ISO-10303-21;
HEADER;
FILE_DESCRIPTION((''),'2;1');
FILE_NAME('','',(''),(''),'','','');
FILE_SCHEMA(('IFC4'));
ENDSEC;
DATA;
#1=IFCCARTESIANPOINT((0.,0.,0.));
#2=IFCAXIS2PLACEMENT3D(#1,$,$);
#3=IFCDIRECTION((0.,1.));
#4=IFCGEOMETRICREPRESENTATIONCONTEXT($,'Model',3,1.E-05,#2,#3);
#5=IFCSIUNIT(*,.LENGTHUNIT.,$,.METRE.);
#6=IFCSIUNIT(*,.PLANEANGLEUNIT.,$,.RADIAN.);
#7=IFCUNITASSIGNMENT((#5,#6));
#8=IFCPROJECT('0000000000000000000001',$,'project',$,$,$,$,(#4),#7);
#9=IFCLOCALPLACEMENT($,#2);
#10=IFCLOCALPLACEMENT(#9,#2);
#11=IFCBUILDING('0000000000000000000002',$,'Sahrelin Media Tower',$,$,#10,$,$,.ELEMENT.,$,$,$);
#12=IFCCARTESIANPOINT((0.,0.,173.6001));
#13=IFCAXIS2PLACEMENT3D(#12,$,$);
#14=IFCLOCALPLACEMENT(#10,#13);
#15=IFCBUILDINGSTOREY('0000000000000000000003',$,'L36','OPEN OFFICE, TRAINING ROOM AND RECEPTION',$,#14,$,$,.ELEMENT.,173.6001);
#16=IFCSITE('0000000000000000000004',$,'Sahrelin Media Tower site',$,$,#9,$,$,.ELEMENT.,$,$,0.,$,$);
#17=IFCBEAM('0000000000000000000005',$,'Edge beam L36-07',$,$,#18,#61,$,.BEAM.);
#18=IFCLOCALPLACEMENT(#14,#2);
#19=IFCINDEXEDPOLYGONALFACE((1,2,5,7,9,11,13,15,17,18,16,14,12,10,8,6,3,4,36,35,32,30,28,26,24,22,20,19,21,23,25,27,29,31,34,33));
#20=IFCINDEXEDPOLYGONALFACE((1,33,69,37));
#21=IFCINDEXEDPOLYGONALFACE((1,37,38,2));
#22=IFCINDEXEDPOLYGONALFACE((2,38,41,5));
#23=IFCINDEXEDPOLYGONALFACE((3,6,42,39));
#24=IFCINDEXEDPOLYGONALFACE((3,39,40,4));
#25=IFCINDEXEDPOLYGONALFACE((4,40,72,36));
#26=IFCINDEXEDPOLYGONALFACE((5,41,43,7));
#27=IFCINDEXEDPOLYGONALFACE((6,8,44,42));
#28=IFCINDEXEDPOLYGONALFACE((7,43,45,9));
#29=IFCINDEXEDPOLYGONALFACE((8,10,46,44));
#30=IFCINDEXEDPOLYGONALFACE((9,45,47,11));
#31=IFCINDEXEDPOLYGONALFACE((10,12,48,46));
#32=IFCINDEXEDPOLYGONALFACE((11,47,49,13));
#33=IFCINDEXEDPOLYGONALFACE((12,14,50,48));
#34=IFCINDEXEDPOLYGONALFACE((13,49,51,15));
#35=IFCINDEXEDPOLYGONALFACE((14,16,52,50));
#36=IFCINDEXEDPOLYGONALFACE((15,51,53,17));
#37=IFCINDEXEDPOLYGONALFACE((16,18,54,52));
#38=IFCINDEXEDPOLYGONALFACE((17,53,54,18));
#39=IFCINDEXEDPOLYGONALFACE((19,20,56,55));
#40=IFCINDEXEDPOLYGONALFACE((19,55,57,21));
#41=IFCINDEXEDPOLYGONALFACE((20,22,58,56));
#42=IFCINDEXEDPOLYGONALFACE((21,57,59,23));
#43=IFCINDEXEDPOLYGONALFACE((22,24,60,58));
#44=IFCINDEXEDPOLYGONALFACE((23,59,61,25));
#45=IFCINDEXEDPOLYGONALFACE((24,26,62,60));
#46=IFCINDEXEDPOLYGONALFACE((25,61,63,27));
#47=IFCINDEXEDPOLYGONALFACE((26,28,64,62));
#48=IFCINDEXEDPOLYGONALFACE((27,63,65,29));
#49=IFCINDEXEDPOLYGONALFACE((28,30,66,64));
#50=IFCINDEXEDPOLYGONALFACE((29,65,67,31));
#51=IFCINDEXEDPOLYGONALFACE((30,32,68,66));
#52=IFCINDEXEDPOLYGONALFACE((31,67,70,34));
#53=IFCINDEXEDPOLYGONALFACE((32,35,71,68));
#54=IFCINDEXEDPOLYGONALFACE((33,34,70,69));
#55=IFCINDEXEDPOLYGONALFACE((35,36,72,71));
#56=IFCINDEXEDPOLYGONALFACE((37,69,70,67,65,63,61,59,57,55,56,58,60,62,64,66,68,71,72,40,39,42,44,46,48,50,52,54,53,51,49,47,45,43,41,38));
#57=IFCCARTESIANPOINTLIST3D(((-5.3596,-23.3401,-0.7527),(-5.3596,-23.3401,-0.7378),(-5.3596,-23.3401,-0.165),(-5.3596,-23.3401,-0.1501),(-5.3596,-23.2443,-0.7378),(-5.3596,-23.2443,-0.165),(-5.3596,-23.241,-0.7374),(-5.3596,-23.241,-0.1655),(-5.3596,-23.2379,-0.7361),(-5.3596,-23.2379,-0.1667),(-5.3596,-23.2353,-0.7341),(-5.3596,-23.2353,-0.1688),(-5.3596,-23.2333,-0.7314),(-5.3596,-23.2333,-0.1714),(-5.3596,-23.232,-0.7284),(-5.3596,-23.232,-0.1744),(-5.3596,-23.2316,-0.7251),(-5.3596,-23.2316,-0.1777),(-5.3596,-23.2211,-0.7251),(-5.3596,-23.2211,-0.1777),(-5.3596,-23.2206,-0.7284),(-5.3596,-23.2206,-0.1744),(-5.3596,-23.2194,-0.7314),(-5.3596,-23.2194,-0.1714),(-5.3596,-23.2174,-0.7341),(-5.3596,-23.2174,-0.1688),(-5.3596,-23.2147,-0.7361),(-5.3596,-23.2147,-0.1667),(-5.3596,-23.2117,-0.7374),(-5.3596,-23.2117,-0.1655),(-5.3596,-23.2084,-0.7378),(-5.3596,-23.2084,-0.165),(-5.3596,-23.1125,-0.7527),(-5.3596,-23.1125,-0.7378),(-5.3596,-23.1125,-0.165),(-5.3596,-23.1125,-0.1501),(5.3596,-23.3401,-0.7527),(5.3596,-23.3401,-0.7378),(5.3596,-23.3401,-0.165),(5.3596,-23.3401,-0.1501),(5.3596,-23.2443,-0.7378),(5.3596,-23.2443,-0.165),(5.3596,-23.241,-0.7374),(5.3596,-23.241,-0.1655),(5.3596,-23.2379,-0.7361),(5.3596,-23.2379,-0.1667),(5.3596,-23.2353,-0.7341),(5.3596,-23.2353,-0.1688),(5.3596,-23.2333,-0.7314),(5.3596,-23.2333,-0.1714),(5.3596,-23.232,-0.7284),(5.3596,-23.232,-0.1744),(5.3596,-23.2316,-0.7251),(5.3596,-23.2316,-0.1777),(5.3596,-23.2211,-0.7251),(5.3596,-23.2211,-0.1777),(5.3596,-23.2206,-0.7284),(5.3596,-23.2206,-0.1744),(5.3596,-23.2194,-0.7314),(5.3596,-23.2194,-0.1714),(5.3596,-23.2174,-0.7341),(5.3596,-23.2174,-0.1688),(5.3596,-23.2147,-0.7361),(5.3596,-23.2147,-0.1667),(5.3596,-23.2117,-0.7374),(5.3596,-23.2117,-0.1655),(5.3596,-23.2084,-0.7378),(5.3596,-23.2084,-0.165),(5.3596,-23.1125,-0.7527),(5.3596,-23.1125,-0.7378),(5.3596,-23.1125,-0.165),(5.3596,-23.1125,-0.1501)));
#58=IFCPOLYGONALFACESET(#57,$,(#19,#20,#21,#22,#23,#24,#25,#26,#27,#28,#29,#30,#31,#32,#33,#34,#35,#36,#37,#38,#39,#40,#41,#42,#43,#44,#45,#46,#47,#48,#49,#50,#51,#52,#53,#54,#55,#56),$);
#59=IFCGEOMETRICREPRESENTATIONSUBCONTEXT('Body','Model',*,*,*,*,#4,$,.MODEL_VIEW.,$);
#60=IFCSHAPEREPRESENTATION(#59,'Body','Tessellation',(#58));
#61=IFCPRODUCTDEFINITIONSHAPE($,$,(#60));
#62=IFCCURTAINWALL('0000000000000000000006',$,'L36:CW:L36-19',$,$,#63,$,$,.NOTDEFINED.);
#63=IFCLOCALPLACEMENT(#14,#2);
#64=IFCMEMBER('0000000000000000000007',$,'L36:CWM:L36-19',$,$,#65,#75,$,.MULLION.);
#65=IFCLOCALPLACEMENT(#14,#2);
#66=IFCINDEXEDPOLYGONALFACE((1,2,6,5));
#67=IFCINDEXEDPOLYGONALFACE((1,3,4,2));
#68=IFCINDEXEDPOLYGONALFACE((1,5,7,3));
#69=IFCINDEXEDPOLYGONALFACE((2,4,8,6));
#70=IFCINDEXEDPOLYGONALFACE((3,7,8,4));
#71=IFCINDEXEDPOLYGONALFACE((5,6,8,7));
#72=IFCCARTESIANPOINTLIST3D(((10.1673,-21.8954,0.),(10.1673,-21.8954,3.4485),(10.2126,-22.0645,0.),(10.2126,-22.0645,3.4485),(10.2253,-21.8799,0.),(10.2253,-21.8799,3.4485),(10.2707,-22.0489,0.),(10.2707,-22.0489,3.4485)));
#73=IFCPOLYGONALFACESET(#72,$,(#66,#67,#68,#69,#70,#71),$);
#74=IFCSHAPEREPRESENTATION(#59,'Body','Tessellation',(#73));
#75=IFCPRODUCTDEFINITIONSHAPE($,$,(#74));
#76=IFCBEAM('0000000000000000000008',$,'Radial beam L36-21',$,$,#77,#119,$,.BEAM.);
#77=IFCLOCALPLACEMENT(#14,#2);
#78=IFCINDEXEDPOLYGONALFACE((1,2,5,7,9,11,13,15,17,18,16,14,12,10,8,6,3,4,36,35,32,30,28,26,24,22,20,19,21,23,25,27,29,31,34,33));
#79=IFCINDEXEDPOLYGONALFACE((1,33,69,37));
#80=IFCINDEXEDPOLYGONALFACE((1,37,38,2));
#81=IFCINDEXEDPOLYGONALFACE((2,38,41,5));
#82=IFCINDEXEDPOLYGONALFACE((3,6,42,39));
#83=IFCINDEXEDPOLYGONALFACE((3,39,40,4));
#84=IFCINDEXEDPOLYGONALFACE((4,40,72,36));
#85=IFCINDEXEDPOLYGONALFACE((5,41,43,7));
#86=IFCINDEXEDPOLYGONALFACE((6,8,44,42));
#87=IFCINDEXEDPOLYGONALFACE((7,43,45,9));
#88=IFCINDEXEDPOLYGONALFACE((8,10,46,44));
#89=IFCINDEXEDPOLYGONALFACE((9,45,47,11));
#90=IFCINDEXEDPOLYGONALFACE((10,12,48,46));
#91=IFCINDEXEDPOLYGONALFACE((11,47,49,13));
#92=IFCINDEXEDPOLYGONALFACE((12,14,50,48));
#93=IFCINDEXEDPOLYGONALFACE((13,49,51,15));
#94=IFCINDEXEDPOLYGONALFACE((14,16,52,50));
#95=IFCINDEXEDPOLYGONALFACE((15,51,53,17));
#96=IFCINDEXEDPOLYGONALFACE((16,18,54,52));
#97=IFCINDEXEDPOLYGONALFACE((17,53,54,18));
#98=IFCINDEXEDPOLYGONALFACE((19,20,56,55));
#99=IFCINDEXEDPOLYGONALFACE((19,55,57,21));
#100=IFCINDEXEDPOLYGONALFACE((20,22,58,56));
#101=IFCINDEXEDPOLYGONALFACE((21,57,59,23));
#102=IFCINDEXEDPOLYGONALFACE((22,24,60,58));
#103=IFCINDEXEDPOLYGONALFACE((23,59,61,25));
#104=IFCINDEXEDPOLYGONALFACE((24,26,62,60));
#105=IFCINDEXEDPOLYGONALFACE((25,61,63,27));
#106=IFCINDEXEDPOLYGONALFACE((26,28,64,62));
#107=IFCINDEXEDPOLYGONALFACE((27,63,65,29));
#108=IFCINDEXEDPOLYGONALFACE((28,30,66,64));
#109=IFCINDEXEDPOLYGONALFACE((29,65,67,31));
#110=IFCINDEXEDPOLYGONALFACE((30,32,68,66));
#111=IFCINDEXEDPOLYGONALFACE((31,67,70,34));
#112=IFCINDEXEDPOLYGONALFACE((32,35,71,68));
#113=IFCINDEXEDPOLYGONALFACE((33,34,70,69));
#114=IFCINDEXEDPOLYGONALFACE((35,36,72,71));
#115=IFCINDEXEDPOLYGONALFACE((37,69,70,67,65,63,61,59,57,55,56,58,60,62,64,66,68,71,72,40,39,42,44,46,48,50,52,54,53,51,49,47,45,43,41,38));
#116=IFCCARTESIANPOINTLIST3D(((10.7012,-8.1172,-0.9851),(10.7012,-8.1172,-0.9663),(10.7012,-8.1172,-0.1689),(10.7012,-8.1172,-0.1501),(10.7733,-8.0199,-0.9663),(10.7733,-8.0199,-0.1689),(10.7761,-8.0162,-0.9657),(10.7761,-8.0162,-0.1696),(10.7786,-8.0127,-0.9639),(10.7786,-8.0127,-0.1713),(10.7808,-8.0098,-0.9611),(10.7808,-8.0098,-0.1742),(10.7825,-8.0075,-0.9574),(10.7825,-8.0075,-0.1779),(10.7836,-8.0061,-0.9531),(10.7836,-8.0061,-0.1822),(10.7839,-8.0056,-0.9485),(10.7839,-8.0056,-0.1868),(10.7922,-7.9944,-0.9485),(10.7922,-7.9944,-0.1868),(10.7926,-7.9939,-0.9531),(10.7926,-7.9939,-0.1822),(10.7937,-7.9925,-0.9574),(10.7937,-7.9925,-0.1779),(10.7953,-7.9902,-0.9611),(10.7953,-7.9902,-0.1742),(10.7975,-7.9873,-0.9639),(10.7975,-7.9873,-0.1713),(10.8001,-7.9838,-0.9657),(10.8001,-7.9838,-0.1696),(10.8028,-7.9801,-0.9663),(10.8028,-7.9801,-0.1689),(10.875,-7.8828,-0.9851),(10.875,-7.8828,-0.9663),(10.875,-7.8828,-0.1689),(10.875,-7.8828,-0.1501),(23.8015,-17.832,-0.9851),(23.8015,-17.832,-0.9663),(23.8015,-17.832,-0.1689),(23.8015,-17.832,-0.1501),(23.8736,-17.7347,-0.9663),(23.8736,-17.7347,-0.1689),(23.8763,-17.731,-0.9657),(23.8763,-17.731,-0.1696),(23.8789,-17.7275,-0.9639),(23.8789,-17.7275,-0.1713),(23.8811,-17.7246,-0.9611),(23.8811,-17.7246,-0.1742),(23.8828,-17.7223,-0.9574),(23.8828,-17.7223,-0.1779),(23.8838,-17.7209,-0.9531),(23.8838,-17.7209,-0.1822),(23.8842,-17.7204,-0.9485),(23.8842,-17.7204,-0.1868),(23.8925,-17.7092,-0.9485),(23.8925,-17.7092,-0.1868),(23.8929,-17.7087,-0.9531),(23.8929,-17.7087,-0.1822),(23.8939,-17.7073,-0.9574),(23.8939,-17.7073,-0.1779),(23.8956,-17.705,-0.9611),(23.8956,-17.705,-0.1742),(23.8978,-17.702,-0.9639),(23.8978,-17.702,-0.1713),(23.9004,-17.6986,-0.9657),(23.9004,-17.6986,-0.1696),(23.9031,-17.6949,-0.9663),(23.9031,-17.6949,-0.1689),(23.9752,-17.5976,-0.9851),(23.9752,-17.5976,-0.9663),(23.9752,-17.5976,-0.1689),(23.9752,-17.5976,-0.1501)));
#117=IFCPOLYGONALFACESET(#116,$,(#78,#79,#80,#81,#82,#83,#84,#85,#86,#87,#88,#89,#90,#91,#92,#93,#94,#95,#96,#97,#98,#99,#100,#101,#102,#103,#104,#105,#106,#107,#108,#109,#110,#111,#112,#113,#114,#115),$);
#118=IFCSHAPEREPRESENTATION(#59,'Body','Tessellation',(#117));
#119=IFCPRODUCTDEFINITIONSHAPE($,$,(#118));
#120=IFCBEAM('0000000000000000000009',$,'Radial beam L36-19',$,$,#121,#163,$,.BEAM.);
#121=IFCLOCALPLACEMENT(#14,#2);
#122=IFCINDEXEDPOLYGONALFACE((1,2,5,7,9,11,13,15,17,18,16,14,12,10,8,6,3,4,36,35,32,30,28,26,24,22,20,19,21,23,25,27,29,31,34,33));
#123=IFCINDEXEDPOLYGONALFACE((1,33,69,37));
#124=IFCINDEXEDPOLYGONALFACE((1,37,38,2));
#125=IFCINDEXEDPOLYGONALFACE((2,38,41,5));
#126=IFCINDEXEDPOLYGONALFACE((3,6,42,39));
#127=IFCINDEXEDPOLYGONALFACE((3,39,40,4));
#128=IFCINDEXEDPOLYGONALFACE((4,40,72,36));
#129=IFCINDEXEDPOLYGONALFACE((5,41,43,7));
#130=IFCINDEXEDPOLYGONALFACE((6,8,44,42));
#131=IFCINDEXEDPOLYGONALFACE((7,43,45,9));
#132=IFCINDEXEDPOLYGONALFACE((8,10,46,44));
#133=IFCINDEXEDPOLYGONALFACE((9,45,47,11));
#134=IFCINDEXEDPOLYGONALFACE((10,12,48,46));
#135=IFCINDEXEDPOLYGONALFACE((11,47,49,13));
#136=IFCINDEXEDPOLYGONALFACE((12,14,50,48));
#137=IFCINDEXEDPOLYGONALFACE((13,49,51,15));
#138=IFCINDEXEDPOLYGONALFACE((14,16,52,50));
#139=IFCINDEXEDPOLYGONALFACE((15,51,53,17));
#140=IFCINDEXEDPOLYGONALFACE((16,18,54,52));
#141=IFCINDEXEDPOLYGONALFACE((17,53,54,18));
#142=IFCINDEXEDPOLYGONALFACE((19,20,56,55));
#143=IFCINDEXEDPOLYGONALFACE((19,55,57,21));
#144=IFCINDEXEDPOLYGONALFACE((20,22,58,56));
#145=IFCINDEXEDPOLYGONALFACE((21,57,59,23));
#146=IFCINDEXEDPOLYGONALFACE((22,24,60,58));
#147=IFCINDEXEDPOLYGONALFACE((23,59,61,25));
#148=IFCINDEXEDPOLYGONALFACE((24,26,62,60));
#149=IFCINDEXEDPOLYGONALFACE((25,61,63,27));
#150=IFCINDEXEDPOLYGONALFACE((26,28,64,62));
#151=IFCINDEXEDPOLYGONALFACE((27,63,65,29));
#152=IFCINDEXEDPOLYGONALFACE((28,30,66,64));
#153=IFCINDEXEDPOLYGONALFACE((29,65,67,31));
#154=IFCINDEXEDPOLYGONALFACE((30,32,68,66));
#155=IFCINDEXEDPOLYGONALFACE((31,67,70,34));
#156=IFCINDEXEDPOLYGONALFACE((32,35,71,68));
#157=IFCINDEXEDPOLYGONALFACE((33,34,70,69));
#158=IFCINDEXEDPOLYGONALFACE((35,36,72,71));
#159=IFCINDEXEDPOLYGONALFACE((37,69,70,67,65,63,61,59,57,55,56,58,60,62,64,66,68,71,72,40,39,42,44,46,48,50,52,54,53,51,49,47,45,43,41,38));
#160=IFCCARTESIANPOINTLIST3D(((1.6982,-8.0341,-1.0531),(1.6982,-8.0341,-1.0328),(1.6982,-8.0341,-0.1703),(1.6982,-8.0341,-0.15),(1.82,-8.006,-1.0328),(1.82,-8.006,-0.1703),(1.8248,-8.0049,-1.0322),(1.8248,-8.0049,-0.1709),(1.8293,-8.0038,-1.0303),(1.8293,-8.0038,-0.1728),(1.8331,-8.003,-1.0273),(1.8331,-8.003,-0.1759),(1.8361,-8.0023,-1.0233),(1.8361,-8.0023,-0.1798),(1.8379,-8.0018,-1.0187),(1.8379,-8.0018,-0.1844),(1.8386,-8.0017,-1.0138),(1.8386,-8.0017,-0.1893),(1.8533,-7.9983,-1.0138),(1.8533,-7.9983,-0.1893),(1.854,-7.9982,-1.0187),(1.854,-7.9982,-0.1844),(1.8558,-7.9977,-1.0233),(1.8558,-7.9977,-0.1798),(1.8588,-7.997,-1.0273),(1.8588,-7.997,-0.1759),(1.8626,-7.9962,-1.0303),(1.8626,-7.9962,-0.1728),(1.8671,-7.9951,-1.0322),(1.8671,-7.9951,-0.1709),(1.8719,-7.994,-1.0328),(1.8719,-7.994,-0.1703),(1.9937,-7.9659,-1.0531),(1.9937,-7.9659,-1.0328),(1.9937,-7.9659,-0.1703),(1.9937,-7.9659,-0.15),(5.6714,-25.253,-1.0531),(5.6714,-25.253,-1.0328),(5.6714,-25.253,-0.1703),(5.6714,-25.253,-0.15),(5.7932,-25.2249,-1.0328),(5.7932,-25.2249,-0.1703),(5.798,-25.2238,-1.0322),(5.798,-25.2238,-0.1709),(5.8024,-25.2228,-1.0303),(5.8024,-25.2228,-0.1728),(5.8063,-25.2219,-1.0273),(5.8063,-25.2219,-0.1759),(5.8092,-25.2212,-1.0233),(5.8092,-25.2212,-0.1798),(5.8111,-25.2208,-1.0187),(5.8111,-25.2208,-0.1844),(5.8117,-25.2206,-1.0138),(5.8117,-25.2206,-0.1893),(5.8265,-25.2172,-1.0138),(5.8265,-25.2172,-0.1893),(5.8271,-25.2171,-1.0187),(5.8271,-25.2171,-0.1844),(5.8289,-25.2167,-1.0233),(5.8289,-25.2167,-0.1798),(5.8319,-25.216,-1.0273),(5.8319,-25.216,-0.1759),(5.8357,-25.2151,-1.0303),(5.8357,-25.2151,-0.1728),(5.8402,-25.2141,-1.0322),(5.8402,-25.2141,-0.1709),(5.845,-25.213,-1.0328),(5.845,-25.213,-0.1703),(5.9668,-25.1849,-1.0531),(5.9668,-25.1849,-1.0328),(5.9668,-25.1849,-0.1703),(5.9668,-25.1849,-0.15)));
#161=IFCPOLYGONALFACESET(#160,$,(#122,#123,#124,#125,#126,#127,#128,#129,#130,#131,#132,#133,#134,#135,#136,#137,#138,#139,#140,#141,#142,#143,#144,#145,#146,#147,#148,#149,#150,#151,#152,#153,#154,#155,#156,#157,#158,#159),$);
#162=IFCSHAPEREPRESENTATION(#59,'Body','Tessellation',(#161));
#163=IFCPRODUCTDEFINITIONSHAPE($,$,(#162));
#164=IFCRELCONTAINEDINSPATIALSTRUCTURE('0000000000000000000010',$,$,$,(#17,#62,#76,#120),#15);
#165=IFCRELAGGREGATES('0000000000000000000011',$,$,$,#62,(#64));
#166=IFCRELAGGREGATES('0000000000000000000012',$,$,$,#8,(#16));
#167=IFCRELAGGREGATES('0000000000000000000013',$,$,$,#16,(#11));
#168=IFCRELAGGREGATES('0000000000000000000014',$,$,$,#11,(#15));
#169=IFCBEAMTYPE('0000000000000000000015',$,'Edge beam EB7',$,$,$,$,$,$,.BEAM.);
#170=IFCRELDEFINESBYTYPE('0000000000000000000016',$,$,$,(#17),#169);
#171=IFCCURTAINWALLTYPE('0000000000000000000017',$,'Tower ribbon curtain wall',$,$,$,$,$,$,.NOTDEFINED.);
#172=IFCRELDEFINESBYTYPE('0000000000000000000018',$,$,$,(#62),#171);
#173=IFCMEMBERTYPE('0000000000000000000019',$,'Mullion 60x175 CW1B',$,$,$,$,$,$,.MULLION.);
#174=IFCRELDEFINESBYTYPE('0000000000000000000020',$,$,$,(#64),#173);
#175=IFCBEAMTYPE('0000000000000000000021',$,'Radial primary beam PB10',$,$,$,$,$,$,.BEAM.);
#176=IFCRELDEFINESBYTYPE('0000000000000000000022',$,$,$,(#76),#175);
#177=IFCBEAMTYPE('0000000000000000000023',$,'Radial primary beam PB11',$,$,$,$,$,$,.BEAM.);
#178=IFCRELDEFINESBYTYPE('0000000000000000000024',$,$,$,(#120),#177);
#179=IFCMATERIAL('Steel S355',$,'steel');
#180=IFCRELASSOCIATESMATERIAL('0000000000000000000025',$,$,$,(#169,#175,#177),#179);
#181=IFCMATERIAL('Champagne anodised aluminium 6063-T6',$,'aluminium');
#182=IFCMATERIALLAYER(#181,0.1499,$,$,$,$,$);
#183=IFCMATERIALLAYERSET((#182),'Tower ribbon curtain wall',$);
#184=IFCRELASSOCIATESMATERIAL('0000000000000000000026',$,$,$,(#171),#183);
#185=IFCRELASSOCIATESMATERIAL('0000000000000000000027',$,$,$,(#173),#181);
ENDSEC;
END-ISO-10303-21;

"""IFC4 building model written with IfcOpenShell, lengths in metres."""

from ifc_helpers import new_model, si_unit, direction, frame, origin, origin_2d, place, context, subcontext, project, spatial, rectangle, i_section, extrude, material, layer, layer_set, material_profile, profile_set, type_object, element, aggregate, save


model = new_model("IFC4")

# Units and contexts
model_context = context("Model", 3, precision=1e-05, world=origin(), true_north=direction((0.0, 1.0)))
body_context = subcontext(model_context, "Body", "Model", "MODEL_VIEW")
ifc_project = project(units=[si_unit("LENGTHUNIT", "METRE"), si_unit("PLANEANGLEUNIT", "RADIAN")], contexts=[model_context])

# Site, building, storey
site_placement = place(None, origin())
site = spatial("IfcSite", under=ifc_project, at=site_placement, Name="Sahrelin Media Tower site", CompositionType="ELEMENT", RefElevation=0.0)
building_placement = place(site_placement, origin())
building = spatial("IfcBuilding", under=site, at=building_placement, Name="Sahrelin Media Tower", CompositionType="ELEMENT")
storey_placement = place(building_placement, frame((0.0, 0.0, 173.6001)))
storey = spatial("IfcBuildingStorey", under=building, at=storey_placement, Name="L36", Description="OPEN OFFICE, TRAINING ROOM AND RECEPTION", CompositionType="ELEMENT", Elevation=173.6001)

# Beam
ifc_material_1 = material(Name="Steel S355", Category="steel")
ifc_material_profile_1 = material_profile(ifc_material_1, i_section(OverallWidth=0.2275, OverallDepth=0.6025, WebThickness=0.0105, FlangeThickness=0.0149, FilletRadius=0.0127, at=origin_2d()), Name="UB 610x229x101")
ifc_profile_set_1 = profile_set([ifc_material_profile_1], Name="Steel S355")
beam_type_1 = type_object("IfcBeamType", Name="Edge beam EB7", PredefinedType="BEAM", material=ifc_profile_set_1)
beam_1_placement = place(storey_placement, frame((5.3596, -23.2263, -0.4514), z_axis=(-1.0, 0.0, 0.0), x_axis=(0.0, -1.0, 0.0)))
element("IfcBeam", 1, at=beam_1_placement, inside=storey, type_object=beam_type_1, Name="Edge beam L36-07", PredefinedType="BEAM", context=body_context, shape_type="SweptSolid", body=[
    extrude(i_section(OverallWidth=0.2275, OverallDepth=0.6025, WebThickness=0.0105, FlangeThickness=0.0149, FilletRadius=0.0127, at=origin_2d()), origin(), (0.0, 0.0, 1.0), 10.7192),
])

# Curtain wall, member
ifc_material_2 = material(Name="Champagne anodised aluminium 6063-T6", Category="aluminium")
ifc_layer_1 = layer(ifc_material_2, 0.1499)
ifc_layer_set_1 = layer_set([ifc_layer_1], Name="Tower ribbon curtain wall")
curtain_wall_type = type_object("IfcCurtainWallType", Name="Tower ribbon curtain wall", PredefinedType="NOTDEFINED", material=ifc_layer_set_1)
curtain_wall_placement = place(storey_placement, frame((10.2468, -22.0759, 0.0), z_axis=(0.0, 0.0, 1.0), x_axis=(1.0, 0.0, 0.0)))
curtain_wall = element("IfcCurtainWall", 2, at=curtain_wall_placement, inside=storey, type_object=curtain_wall_type, Name="L36:CW:L36-19", PredefinedType="NOTDEFINED")
ifc_material_profile_2 = material_profile(ifc_material_2, rectangle(XDim=0.0601, YDim=0.175, at=origin_2d()), Name="Mullion 60x175")
ifc_profile_set_2 = profile_set([ifc_material_profile_2], Name="Champagne anodised aluminium 6063-T6")
member_type_1 = type_object("IfcMemberType", Name="Mullion 60x175 CW1B", PredefinedType="MULLION", material=ifc_profile_set_2)
member_1_placement = place(storey_placement, frame((10.219, -21.9722, 0.0), z_axis=(0.0, 0.0, 1.0), x_axis=(0.965925, 0.258821, 0.0)))
member_1 = element("IfcMember", 3, at=member_1_placement, type_object=member_type_1, Name="L36:CWM:L36-19", PredefinedType="MULLION", context=body_context, shape_type="SweptSolid", body=[
    extrude(rectangle(XDim=0.0601, YDim=0.175, at=origin_2d()), origin(), (0.0, 0.0, 1.0), 3.4485),
])

# Beams
ifc_material_profile_3 = material_profile(ifc_material_1, i_section(OverallWidth=0.2917, OverallDepth=0.835, WebThickness=0.0139, FlangeThickness=0.0188, FilletRadius=0.0178, at=origin_2d()), Name="UB 838x292x176")
ifc_profile_set_3 = profile_set([ifc_material_profile_3], Name="Steel S355")
beam_type_2 = type_object("IfcBeamType", Name="Radial primary beam PB10", PredefinedType="BEAM", material=ifc_profile_set_3)
beam_2_placement = place(storey_placement, frame((10.7881, -8.0, -0.5676), z_axis=(0.803238, -0.595658, 0.0), x_axis=(0.595658, 0.803238, 0.0)))
element("IfcBeam", 4, at=beam_2_placement, inside=storey, type_object=beam_type_2, Name="Radial beam L36-21", PredefinedType="BEAM", context=body_context, shape_type="SweptSolid", body=[
    extrude(i_section(OverallWidth=0.2917, OverallDepth=0.835, WebThickness=0.0139, FlangeThickness=0.0188, FilletRadius=0.0178, at=origin_2d()), origin(), (0.0, 0.0, 1.0), 16.3093),
])
ifc_material_profile_4 = material_profile(ifc_material_1, i_section(OverallWidth=0.3032, OverallDepth=0.9031, WebThickness=0.0151, FlangeThickness=0.0203, FilletRadius=0.019, at=origin_2d()), Name="UB 914x305x201")
ifc_profile_set_4 = profile_set([ifc_material_profile_4], Name="Steel S355")
beam_type_3 = type_object("IfcBeamType", Name="Radial primary beam PB11", PredefinedType="BEAM", material=ifc_profile_set_4)
beam_3_placement = place(storey_placement, frame((1.8459, -8.0, -0.6016), z_axis=(0.224834, -0.974397, 0.0), x_axis=(0.974397, 0.224834, 0.0)))
element("IfcBeam", 5, at=beam_3_placement, inside=storey, type_object=beam_type_3, Name="Radial beam L36-19", PredefinedType="BEAM", context=body_context, shape_type="SweptSolid", body=[
    extrude(i_section(OverallWidth=0.3032, OverallDepth=0.9031, WebThickness=0.0151, FlangeThickness=0.0203, FilletRadius=0.019, at=origin_2d()), origin(), (0.0, 0.0, 1.0), 17.6714),
])

aggregate(curtain_wall, [member_1])

save(model, "model.ifc")
